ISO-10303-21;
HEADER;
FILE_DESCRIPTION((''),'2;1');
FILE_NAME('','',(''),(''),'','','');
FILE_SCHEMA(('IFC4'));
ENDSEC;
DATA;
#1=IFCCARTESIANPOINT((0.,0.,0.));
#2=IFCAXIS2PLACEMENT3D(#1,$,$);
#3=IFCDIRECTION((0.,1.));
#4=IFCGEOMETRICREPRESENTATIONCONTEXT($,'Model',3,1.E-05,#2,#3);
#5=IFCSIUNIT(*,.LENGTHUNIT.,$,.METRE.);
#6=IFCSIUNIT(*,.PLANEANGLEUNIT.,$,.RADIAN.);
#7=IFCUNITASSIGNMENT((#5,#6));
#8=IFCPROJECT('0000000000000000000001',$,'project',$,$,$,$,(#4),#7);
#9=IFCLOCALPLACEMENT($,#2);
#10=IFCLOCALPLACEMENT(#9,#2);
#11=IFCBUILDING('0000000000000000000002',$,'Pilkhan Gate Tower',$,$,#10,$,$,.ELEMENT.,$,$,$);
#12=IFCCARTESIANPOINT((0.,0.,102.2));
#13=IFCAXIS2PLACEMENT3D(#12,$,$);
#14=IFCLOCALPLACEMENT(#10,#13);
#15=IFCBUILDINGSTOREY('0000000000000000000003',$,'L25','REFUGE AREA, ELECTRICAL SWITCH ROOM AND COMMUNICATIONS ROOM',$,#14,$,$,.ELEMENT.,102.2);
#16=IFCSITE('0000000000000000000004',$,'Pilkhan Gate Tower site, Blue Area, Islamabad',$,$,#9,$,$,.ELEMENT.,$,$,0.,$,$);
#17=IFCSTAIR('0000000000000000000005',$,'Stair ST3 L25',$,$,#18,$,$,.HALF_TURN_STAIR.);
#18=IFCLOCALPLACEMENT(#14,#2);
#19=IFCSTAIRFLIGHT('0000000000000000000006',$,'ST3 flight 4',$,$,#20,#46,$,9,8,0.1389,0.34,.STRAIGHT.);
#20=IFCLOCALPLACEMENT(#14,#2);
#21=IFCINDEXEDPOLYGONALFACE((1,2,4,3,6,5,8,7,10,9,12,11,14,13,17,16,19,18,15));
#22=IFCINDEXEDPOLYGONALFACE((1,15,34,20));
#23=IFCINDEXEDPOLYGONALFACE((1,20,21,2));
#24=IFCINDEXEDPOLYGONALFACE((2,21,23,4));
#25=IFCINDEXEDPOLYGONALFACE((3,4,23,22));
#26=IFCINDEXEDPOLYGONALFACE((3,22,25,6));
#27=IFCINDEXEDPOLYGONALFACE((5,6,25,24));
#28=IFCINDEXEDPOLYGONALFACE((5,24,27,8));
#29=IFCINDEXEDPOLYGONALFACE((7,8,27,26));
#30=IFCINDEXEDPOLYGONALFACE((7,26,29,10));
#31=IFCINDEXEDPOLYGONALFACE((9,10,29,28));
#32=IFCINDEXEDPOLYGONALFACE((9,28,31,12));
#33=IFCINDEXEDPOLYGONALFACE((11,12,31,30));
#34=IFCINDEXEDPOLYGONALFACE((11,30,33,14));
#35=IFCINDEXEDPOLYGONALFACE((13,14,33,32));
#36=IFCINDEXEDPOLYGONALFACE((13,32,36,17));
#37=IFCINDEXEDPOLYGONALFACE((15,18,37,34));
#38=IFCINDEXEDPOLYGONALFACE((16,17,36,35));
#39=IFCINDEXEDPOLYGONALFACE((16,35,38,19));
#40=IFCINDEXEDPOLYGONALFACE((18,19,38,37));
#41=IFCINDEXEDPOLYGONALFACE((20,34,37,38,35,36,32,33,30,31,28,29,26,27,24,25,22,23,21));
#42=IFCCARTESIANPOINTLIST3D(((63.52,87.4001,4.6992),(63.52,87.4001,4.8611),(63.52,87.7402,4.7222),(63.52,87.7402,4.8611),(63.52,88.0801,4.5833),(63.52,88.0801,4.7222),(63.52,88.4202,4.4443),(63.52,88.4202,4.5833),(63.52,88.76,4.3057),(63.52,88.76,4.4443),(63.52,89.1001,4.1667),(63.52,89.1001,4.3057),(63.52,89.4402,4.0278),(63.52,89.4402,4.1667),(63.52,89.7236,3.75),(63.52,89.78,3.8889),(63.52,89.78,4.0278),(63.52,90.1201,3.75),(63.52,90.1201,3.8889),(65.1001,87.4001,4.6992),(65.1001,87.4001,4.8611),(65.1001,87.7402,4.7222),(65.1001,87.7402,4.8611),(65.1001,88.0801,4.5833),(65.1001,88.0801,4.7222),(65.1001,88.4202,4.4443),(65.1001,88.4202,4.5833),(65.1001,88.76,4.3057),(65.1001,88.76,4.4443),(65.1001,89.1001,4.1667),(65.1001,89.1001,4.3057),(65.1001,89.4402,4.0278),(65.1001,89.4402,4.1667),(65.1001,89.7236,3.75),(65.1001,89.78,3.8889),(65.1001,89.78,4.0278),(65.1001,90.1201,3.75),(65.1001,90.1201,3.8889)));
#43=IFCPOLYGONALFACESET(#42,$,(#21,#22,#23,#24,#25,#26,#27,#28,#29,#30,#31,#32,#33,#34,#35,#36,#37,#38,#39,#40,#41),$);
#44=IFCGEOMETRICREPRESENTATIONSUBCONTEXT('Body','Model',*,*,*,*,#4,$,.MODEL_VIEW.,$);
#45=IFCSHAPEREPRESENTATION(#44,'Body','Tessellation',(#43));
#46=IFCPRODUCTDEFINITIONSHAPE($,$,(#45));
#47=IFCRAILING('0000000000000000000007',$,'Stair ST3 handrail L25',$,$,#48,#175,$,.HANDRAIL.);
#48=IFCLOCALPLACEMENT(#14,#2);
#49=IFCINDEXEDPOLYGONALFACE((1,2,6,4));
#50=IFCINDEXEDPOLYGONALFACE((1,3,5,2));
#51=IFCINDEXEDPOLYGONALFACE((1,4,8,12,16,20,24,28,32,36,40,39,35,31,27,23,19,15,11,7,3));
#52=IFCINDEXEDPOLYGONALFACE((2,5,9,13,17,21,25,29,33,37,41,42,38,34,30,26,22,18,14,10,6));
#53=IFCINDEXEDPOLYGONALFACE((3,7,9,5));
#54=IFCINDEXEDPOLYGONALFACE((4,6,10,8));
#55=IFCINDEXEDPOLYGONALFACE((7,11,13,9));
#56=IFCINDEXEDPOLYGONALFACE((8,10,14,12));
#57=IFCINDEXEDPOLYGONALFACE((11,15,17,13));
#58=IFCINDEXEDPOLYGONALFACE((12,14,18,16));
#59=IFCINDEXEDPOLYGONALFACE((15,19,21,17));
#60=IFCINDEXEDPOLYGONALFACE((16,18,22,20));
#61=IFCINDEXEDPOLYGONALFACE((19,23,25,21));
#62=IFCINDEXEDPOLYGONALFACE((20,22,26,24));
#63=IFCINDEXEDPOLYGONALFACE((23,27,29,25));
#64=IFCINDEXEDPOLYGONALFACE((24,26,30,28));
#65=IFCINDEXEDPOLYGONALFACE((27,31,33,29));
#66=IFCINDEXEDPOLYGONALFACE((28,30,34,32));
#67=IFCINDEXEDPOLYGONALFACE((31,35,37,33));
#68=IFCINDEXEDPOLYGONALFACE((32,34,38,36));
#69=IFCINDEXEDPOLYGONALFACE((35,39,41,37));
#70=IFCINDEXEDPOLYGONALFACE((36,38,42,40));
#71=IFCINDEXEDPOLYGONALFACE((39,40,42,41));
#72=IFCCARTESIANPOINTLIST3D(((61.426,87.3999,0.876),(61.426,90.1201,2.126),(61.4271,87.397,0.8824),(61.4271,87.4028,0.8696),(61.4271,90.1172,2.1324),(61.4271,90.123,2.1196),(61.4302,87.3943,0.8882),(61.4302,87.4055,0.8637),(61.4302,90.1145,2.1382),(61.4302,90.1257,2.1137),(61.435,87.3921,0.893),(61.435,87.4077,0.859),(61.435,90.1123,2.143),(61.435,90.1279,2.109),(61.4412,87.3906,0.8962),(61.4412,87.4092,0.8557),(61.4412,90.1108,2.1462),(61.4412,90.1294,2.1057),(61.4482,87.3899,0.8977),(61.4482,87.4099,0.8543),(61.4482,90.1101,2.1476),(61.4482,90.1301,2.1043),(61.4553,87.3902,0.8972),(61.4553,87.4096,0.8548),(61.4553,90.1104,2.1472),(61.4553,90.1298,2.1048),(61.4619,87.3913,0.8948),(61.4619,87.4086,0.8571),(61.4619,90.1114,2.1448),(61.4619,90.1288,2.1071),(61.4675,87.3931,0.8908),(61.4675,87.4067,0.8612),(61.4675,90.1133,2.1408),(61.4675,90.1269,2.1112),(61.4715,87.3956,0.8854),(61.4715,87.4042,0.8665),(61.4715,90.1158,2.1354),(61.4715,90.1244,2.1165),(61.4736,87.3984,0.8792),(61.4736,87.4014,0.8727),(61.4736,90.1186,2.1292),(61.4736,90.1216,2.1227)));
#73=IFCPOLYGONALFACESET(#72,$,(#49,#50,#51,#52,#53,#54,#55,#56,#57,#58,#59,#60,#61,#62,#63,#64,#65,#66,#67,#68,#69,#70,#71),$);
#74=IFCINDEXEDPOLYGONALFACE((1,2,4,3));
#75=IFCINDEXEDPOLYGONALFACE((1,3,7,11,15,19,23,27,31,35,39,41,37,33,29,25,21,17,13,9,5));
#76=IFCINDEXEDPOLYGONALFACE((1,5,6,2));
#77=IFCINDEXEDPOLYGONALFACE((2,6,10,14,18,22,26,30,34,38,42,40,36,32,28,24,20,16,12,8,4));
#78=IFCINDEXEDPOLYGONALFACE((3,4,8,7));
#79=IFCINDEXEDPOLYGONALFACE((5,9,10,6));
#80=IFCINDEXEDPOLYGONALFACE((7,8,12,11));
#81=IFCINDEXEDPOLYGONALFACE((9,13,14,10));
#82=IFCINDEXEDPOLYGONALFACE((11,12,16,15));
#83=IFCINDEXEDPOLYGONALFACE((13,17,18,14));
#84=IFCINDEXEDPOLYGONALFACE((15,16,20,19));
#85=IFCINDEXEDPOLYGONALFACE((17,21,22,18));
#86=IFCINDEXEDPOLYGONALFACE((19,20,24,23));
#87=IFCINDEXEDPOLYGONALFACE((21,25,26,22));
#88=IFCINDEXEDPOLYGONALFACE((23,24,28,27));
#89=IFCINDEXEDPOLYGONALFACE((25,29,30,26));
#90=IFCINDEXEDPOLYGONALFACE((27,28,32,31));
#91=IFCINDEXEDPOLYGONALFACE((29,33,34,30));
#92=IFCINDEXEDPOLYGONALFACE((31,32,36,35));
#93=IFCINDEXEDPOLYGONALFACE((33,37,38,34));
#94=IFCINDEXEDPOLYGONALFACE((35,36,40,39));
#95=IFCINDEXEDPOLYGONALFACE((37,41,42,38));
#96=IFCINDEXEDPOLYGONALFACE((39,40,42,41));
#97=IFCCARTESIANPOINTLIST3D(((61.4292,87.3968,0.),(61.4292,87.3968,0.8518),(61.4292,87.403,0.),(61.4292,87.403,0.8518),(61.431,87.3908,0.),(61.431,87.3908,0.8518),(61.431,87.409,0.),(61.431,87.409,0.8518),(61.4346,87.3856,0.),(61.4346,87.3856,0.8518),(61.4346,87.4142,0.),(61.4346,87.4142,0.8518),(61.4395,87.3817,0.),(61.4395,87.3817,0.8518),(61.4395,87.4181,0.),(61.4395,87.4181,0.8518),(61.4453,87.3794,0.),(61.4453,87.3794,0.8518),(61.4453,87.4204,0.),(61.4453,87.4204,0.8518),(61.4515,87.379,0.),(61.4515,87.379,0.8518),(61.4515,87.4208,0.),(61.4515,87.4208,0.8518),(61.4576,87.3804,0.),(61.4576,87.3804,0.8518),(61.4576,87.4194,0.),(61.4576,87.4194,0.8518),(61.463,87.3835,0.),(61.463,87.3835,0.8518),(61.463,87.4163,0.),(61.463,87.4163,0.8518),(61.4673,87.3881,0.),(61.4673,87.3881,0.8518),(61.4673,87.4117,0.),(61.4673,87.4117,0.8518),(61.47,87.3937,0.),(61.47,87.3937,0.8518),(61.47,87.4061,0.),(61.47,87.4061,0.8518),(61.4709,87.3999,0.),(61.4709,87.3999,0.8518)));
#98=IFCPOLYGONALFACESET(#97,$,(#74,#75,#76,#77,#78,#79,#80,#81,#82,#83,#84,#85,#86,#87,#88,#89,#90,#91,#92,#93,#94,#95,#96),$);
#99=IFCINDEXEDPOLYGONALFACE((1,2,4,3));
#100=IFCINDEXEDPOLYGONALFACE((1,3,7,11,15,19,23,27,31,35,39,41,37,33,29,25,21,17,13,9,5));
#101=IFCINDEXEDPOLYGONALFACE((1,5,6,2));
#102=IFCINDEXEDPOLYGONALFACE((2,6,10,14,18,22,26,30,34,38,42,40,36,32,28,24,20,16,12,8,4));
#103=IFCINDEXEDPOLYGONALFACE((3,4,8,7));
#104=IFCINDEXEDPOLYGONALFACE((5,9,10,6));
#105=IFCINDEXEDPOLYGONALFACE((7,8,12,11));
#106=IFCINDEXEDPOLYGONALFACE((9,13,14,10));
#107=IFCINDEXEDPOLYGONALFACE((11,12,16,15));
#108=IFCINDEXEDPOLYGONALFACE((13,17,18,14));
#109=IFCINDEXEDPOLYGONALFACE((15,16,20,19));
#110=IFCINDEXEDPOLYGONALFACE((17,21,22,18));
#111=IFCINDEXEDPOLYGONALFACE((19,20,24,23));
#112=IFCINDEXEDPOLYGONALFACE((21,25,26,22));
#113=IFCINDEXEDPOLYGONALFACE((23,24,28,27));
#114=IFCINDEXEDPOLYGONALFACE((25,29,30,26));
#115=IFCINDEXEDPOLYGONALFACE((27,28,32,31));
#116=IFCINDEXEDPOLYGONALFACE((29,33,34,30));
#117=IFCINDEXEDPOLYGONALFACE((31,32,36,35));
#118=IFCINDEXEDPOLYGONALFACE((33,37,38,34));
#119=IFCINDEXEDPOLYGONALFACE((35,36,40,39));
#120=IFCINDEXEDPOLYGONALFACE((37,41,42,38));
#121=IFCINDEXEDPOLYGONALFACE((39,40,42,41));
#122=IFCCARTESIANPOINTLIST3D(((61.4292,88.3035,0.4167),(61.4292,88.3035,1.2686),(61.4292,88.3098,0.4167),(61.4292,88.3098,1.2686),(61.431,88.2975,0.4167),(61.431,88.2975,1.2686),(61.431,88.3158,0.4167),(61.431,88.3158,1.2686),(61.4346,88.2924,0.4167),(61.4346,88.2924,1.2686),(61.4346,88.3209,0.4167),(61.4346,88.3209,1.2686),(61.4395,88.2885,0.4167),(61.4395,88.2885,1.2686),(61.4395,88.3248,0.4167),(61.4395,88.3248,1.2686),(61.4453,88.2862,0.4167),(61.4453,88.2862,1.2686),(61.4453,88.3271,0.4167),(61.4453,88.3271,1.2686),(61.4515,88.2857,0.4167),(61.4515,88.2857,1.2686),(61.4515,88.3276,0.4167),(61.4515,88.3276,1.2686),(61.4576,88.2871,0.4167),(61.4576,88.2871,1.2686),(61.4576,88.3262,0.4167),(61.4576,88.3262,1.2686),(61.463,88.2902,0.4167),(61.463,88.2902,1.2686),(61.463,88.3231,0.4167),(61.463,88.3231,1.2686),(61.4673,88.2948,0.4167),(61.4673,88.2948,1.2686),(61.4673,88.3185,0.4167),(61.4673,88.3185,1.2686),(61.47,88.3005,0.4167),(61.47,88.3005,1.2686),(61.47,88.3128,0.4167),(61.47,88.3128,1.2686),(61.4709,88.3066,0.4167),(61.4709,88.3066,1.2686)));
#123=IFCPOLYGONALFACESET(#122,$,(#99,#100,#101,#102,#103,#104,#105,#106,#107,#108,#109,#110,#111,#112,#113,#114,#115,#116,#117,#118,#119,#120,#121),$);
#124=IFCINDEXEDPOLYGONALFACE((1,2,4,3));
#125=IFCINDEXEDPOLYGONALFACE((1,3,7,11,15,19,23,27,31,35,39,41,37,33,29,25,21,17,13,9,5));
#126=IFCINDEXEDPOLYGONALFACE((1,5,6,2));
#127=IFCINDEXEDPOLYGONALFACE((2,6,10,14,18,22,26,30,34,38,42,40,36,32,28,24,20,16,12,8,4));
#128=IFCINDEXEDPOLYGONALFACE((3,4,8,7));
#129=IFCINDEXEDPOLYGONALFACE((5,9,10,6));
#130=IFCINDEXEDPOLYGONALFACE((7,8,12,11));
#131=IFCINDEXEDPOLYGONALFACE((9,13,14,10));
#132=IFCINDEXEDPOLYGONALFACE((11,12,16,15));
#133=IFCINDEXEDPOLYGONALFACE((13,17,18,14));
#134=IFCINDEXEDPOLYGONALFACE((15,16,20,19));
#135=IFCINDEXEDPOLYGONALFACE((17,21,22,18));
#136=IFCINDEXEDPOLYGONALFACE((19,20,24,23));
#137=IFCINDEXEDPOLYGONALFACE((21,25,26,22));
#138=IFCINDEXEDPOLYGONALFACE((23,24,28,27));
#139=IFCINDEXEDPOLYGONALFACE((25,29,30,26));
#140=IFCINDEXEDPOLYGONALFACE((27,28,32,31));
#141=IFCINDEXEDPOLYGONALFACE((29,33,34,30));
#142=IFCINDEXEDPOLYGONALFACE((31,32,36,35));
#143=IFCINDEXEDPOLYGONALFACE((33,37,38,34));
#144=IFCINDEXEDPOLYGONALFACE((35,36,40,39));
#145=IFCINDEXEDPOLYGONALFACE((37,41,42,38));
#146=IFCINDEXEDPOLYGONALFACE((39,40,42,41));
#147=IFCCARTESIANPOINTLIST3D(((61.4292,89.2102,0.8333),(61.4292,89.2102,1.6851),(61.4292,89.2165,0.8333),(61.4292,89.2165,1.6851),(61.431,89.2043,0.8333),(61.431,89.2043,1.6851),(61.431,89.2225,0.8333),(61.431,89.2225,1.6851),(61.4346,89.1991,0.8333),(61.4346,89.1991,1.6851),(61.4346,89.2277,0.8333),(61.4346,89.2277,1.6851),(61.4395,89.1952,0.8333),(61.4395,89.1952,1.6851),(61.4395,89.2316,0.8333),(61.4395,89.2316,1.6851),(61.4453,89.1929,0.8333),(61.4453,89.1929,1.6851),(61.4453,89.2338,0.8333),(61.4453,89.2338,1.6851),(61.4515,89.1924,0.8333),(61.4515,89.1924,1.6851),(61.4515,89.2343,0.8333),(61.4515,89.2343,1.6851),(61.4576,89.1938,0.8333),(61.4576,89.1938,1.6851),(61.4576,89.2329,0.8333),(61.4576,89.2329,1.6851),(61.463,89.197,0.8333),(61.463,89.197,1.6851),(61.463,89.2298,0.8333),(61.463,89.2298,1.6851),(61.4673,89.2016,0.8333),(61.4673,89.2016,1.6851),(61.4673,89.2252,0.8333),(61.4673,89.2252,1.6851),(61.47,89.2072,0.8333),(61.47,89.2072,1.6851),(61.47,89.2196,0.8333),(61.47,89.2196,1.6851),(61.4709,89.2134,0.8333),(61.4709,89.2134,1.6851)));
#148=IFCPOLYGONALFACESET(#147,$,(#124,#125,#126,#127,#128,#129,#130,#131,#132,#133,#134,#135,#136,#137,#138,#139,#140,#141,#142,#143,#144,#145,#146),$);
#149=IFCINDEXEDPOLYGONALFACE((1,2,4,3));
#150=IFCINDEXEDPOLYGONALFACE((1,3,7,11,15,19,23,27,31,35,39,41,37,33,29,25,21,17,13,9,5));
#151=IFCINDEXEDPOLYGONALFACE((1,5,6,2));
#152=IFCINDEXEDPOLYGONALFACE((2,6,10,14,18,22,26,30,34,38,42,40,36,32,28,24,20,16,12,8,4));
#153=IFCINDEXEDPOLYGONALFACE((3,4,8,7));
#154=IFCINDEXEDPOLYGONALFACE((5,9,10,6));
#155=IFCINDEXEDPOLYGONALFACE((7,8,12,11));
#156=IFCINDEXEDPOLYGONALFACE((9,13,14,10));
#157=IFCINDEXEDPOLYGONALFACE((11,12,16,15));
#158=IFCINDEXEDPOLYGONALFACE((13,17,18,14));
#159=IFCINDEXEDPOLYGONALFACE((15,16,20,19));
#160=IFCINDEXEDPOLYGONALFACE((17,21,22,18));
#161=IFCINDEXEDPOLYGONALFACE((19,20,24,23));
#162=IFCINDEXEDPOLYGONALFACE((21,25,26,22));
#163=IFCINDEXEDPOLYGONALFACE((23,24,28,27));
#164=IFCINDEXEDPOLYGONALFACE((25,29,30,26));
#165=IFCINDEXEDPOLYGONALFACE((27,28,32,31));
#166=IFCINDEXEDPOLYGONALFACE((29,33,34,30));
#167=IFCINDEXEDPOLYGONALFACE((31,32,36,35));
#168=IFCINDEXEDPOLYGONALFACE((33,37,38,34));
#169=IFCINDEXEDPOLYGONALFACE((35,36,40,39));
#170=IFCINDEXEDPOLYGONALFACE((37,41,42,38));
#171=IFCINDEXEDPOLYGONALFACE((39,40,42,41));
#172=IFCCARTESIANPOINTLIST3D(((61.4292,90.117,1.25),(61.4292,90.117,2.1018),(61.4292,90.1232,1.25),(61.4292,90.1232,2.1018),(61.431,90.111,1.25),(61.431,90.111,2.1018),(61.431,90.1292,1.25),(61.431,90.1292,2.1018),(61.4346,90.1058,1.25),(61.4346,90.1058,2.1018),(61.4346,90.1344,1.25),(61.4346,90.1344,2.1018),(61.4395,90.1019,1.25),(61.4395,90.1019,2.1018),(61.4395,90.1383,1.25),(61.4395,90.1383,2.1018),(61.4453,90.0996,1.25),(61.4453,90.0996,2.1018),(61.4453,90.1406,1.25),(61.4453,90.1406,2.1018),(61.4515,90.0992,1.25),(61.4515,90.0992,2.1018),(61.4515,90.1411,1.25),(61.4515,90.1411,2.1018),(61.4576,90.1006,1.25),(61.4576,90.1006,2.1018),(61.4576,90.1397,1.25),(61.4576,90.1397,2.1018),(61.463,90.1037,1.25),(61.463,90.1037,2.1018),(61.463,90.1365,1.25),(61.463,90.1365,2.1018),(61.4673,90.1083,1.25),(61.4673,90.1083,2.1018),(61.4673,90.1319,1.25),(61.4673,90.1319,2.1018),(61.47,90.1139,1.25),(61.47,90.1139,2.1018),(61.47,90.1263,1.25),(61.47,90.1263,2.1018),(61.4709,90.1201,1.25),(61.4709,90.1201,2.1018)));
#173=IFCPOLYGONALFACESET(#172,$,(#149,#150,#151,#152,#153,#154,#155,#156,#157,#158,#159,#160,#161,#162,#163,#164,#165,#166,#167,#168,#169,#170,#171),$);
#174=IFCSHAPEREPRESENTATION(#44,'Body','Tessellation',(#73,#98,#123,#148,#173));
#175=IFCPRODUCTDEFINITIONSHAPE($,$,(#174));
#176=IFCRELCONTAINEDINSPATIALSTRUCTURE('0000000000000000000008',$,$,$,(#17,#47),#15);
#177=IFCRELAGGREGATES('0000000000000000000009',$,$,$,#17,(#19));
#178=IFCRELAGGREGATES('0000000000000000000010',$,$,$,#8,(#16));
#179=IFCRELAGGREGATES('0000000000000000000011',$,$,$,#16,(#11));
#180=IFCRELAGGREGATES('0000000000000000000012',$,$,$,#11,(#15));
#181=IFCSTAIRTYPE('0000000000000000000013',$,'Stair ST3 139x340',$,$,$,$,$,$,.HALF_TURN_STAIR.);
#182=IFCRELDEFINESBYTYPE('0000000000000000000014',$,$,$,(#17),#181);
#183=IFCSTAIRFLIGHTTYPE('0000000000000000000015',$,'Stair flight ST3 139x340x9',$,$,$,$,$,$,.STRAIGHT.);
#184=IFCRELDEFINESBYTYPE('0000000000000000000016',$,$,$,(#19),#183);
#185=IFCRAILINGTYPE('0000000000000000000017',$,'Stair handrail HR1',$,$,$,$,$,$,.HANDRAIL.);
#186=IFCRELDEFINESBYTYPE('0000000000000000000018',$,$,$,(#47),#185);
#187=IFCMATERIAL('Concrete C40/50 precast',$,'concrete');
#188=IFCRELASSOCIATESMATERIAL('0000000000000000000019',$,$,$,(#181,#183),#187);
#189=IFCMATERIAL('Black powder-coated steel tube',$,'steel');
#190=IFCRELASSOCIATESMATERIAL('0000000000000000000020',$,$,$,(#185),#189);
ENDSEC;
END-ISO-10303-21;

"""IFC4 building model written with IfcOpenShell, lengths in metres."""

from ifc_helpers import new_model, si_unit, direction, frame, origin, origin_2d, place, context, subcontext, project, spatial, polyline, circle, outline, extrude, material, type_object, element, aggregate, save


model = new_model("IFC4")

# Units and contexts
model_context = context("Model", 3, precision=1e-05, world=origin(), true_north=direction((0.0, 1.0)))
body_context = subcontext(model_context, "Body", "Model", "MODEL_VIEW")
ifc_project = project(units=[si_unit("LENGTHUNIT", "METRE"), si_unit("PLANEANGLEUNIT", "RADIAN")], contexts=[model_context])

# Site, building, storey
site_placement = place(None, origin())
site = spatial("IfcSite", under=ifc_project, at=site_placement, Name="Pilkhan Gate Tower site, Blue Area, Islamabad", CompositionType="ELEMENT", RefElevation=0.0)
building_placement = place(site_placement, origin())
building = spatial("IfcBuilding", under=site, at=building_placement, Name="Pilkhan Gate Tower", CompositionType="ELEMENT")
storey_placement = place(building_placement, frame((0.0, 0.0, 102.2)))
storey = spatial("IfcBuildingStorey", under=building, at=storey_placement, Name="L25", Description="REFUGE AREA, ELECTRICAL SWITCH ROOM AND COMMUNICATIONS ROOM", CompositionType="ELEMENT", Elevation=102.2)

# Stair, stair flight
ifc_material_1 = material(Name="Concrete C40/50 precast", Category="concrete")
stair_type = type_object("IfcStairType", Name="Stair ST3 139x340", PredefinedType="HALF_TURN_STAIR", material=ifc_material_1)
stair_placement = place(storey_placement, origin())
stair = element("IfcStair", 1, at=stair_placement, inside=storey, type_object=stair_type, Name="Stair ST3 L25", PredefinedType="HALF_TURN_STAIR")
stair_flight_type = type_object("IfcStairFlightType", Name="Stair flight ST3 139x340x9", PredefinedType="STRAIGHT", material=ifc_material_1)
stair_flight_1_placement = place(storey_placement, frame((64.3101, 90.1201, 3.75), z_axis=(0.0, 0.0, 1.0), x_axis=(0.0, -1.0, 0.0)))
stair_flight_1 = element("IfcStairFlight", 2, at=stair_flight_1_placement, type_object=stair_flight_type, Name="ST3 flight 4", NumberOfRisers=9, NumberOfTreads=8, PredefinedType="STRAIGHT", RiserHeight=0.1389, TreadLength=0.34, context=body_context, shape_type="SweptSolid", body=[
    extrude(outline(polyline([(0.0, 0.0), (0.0, 0.1389), (0.3401, 0.1389), (0.3401, 0.2778), (0.6799, 0.2778), (0.6799, 0.4167), (1.02, 0.4167), (1.02, 0.5557), (1.3601, 0.5557), (1.3601, 0.6943), (1.7, 0.6943), (1.7, 0.8333), (2.04, 0.8333), (2.04, 0.9722), (2.3799, 0.9722), (2.3799, 1.1111), (2.72, 1.1111), (2.72, 1.25), (2.72, 0.9492), (0.3965, 0.0), (0.0, 0.0)])), frame((0.0, 0.79, 0.0), z_axis=(0.0, -1.0, 0.0), x_axis=(1.0, 0.0, 0.0)), (0.0, 0.0, 1.0), 1.5801),
])
aggregate(stair, [stair_flight_1])

# Railing
ifc_material_2 = material(Name="Black powder-coated steel tube", Category="steel")
railing_type_1 = type_object("IfcRailingType", Name="Stair handrail HR1", PredefinedType="HANDRAIL", material=ifc_material_2)
railing_1_placement = place(storey_placement, frame((61.45, 87.3999, 0.0)))
element("IfcRailing", 3, at=railing_1_placement, inside=storey, type_object=railing_type_1, Name="Stair ST3 handrail L25", PredefinedType="HANDRAIL", context=body_context, shape_type="SweptSolid", body=[
    extrude(circle(Radius=0.0239, at=origin_2d()), frame((0.0, 0.0, 0.876), z_axis=(0.0, 0.908655, 0.417547), x_axis=(-1.0, 0.0, 0.0)), (0.0, 0.0, 1.0), 2.9937),
    extrude(circle(Radius=0.021, at=origin_2d()), origin(), (0.0, 0.0, 1.0), 0.8518),
    extrude(circle(Radius=0.021, at=origin_2d()), frame((0.0, 0.9067, 0.4167)), (0.0, 0.0, 1.0), 0.8518),
    extrude(circle(Radius=0.021, at=origin_2d()), frame((0.0, 1.8135, 0.8333)), (0.0, 0.0, 1.0), 0.8518),
    extrude(circle(Radius=0.021, at=origin_2d()), frame((0.0, 2.7202, 1.25)), (0.0, 0.0, 1.0), 0.8518),
])

save(model, "model.ifc")
